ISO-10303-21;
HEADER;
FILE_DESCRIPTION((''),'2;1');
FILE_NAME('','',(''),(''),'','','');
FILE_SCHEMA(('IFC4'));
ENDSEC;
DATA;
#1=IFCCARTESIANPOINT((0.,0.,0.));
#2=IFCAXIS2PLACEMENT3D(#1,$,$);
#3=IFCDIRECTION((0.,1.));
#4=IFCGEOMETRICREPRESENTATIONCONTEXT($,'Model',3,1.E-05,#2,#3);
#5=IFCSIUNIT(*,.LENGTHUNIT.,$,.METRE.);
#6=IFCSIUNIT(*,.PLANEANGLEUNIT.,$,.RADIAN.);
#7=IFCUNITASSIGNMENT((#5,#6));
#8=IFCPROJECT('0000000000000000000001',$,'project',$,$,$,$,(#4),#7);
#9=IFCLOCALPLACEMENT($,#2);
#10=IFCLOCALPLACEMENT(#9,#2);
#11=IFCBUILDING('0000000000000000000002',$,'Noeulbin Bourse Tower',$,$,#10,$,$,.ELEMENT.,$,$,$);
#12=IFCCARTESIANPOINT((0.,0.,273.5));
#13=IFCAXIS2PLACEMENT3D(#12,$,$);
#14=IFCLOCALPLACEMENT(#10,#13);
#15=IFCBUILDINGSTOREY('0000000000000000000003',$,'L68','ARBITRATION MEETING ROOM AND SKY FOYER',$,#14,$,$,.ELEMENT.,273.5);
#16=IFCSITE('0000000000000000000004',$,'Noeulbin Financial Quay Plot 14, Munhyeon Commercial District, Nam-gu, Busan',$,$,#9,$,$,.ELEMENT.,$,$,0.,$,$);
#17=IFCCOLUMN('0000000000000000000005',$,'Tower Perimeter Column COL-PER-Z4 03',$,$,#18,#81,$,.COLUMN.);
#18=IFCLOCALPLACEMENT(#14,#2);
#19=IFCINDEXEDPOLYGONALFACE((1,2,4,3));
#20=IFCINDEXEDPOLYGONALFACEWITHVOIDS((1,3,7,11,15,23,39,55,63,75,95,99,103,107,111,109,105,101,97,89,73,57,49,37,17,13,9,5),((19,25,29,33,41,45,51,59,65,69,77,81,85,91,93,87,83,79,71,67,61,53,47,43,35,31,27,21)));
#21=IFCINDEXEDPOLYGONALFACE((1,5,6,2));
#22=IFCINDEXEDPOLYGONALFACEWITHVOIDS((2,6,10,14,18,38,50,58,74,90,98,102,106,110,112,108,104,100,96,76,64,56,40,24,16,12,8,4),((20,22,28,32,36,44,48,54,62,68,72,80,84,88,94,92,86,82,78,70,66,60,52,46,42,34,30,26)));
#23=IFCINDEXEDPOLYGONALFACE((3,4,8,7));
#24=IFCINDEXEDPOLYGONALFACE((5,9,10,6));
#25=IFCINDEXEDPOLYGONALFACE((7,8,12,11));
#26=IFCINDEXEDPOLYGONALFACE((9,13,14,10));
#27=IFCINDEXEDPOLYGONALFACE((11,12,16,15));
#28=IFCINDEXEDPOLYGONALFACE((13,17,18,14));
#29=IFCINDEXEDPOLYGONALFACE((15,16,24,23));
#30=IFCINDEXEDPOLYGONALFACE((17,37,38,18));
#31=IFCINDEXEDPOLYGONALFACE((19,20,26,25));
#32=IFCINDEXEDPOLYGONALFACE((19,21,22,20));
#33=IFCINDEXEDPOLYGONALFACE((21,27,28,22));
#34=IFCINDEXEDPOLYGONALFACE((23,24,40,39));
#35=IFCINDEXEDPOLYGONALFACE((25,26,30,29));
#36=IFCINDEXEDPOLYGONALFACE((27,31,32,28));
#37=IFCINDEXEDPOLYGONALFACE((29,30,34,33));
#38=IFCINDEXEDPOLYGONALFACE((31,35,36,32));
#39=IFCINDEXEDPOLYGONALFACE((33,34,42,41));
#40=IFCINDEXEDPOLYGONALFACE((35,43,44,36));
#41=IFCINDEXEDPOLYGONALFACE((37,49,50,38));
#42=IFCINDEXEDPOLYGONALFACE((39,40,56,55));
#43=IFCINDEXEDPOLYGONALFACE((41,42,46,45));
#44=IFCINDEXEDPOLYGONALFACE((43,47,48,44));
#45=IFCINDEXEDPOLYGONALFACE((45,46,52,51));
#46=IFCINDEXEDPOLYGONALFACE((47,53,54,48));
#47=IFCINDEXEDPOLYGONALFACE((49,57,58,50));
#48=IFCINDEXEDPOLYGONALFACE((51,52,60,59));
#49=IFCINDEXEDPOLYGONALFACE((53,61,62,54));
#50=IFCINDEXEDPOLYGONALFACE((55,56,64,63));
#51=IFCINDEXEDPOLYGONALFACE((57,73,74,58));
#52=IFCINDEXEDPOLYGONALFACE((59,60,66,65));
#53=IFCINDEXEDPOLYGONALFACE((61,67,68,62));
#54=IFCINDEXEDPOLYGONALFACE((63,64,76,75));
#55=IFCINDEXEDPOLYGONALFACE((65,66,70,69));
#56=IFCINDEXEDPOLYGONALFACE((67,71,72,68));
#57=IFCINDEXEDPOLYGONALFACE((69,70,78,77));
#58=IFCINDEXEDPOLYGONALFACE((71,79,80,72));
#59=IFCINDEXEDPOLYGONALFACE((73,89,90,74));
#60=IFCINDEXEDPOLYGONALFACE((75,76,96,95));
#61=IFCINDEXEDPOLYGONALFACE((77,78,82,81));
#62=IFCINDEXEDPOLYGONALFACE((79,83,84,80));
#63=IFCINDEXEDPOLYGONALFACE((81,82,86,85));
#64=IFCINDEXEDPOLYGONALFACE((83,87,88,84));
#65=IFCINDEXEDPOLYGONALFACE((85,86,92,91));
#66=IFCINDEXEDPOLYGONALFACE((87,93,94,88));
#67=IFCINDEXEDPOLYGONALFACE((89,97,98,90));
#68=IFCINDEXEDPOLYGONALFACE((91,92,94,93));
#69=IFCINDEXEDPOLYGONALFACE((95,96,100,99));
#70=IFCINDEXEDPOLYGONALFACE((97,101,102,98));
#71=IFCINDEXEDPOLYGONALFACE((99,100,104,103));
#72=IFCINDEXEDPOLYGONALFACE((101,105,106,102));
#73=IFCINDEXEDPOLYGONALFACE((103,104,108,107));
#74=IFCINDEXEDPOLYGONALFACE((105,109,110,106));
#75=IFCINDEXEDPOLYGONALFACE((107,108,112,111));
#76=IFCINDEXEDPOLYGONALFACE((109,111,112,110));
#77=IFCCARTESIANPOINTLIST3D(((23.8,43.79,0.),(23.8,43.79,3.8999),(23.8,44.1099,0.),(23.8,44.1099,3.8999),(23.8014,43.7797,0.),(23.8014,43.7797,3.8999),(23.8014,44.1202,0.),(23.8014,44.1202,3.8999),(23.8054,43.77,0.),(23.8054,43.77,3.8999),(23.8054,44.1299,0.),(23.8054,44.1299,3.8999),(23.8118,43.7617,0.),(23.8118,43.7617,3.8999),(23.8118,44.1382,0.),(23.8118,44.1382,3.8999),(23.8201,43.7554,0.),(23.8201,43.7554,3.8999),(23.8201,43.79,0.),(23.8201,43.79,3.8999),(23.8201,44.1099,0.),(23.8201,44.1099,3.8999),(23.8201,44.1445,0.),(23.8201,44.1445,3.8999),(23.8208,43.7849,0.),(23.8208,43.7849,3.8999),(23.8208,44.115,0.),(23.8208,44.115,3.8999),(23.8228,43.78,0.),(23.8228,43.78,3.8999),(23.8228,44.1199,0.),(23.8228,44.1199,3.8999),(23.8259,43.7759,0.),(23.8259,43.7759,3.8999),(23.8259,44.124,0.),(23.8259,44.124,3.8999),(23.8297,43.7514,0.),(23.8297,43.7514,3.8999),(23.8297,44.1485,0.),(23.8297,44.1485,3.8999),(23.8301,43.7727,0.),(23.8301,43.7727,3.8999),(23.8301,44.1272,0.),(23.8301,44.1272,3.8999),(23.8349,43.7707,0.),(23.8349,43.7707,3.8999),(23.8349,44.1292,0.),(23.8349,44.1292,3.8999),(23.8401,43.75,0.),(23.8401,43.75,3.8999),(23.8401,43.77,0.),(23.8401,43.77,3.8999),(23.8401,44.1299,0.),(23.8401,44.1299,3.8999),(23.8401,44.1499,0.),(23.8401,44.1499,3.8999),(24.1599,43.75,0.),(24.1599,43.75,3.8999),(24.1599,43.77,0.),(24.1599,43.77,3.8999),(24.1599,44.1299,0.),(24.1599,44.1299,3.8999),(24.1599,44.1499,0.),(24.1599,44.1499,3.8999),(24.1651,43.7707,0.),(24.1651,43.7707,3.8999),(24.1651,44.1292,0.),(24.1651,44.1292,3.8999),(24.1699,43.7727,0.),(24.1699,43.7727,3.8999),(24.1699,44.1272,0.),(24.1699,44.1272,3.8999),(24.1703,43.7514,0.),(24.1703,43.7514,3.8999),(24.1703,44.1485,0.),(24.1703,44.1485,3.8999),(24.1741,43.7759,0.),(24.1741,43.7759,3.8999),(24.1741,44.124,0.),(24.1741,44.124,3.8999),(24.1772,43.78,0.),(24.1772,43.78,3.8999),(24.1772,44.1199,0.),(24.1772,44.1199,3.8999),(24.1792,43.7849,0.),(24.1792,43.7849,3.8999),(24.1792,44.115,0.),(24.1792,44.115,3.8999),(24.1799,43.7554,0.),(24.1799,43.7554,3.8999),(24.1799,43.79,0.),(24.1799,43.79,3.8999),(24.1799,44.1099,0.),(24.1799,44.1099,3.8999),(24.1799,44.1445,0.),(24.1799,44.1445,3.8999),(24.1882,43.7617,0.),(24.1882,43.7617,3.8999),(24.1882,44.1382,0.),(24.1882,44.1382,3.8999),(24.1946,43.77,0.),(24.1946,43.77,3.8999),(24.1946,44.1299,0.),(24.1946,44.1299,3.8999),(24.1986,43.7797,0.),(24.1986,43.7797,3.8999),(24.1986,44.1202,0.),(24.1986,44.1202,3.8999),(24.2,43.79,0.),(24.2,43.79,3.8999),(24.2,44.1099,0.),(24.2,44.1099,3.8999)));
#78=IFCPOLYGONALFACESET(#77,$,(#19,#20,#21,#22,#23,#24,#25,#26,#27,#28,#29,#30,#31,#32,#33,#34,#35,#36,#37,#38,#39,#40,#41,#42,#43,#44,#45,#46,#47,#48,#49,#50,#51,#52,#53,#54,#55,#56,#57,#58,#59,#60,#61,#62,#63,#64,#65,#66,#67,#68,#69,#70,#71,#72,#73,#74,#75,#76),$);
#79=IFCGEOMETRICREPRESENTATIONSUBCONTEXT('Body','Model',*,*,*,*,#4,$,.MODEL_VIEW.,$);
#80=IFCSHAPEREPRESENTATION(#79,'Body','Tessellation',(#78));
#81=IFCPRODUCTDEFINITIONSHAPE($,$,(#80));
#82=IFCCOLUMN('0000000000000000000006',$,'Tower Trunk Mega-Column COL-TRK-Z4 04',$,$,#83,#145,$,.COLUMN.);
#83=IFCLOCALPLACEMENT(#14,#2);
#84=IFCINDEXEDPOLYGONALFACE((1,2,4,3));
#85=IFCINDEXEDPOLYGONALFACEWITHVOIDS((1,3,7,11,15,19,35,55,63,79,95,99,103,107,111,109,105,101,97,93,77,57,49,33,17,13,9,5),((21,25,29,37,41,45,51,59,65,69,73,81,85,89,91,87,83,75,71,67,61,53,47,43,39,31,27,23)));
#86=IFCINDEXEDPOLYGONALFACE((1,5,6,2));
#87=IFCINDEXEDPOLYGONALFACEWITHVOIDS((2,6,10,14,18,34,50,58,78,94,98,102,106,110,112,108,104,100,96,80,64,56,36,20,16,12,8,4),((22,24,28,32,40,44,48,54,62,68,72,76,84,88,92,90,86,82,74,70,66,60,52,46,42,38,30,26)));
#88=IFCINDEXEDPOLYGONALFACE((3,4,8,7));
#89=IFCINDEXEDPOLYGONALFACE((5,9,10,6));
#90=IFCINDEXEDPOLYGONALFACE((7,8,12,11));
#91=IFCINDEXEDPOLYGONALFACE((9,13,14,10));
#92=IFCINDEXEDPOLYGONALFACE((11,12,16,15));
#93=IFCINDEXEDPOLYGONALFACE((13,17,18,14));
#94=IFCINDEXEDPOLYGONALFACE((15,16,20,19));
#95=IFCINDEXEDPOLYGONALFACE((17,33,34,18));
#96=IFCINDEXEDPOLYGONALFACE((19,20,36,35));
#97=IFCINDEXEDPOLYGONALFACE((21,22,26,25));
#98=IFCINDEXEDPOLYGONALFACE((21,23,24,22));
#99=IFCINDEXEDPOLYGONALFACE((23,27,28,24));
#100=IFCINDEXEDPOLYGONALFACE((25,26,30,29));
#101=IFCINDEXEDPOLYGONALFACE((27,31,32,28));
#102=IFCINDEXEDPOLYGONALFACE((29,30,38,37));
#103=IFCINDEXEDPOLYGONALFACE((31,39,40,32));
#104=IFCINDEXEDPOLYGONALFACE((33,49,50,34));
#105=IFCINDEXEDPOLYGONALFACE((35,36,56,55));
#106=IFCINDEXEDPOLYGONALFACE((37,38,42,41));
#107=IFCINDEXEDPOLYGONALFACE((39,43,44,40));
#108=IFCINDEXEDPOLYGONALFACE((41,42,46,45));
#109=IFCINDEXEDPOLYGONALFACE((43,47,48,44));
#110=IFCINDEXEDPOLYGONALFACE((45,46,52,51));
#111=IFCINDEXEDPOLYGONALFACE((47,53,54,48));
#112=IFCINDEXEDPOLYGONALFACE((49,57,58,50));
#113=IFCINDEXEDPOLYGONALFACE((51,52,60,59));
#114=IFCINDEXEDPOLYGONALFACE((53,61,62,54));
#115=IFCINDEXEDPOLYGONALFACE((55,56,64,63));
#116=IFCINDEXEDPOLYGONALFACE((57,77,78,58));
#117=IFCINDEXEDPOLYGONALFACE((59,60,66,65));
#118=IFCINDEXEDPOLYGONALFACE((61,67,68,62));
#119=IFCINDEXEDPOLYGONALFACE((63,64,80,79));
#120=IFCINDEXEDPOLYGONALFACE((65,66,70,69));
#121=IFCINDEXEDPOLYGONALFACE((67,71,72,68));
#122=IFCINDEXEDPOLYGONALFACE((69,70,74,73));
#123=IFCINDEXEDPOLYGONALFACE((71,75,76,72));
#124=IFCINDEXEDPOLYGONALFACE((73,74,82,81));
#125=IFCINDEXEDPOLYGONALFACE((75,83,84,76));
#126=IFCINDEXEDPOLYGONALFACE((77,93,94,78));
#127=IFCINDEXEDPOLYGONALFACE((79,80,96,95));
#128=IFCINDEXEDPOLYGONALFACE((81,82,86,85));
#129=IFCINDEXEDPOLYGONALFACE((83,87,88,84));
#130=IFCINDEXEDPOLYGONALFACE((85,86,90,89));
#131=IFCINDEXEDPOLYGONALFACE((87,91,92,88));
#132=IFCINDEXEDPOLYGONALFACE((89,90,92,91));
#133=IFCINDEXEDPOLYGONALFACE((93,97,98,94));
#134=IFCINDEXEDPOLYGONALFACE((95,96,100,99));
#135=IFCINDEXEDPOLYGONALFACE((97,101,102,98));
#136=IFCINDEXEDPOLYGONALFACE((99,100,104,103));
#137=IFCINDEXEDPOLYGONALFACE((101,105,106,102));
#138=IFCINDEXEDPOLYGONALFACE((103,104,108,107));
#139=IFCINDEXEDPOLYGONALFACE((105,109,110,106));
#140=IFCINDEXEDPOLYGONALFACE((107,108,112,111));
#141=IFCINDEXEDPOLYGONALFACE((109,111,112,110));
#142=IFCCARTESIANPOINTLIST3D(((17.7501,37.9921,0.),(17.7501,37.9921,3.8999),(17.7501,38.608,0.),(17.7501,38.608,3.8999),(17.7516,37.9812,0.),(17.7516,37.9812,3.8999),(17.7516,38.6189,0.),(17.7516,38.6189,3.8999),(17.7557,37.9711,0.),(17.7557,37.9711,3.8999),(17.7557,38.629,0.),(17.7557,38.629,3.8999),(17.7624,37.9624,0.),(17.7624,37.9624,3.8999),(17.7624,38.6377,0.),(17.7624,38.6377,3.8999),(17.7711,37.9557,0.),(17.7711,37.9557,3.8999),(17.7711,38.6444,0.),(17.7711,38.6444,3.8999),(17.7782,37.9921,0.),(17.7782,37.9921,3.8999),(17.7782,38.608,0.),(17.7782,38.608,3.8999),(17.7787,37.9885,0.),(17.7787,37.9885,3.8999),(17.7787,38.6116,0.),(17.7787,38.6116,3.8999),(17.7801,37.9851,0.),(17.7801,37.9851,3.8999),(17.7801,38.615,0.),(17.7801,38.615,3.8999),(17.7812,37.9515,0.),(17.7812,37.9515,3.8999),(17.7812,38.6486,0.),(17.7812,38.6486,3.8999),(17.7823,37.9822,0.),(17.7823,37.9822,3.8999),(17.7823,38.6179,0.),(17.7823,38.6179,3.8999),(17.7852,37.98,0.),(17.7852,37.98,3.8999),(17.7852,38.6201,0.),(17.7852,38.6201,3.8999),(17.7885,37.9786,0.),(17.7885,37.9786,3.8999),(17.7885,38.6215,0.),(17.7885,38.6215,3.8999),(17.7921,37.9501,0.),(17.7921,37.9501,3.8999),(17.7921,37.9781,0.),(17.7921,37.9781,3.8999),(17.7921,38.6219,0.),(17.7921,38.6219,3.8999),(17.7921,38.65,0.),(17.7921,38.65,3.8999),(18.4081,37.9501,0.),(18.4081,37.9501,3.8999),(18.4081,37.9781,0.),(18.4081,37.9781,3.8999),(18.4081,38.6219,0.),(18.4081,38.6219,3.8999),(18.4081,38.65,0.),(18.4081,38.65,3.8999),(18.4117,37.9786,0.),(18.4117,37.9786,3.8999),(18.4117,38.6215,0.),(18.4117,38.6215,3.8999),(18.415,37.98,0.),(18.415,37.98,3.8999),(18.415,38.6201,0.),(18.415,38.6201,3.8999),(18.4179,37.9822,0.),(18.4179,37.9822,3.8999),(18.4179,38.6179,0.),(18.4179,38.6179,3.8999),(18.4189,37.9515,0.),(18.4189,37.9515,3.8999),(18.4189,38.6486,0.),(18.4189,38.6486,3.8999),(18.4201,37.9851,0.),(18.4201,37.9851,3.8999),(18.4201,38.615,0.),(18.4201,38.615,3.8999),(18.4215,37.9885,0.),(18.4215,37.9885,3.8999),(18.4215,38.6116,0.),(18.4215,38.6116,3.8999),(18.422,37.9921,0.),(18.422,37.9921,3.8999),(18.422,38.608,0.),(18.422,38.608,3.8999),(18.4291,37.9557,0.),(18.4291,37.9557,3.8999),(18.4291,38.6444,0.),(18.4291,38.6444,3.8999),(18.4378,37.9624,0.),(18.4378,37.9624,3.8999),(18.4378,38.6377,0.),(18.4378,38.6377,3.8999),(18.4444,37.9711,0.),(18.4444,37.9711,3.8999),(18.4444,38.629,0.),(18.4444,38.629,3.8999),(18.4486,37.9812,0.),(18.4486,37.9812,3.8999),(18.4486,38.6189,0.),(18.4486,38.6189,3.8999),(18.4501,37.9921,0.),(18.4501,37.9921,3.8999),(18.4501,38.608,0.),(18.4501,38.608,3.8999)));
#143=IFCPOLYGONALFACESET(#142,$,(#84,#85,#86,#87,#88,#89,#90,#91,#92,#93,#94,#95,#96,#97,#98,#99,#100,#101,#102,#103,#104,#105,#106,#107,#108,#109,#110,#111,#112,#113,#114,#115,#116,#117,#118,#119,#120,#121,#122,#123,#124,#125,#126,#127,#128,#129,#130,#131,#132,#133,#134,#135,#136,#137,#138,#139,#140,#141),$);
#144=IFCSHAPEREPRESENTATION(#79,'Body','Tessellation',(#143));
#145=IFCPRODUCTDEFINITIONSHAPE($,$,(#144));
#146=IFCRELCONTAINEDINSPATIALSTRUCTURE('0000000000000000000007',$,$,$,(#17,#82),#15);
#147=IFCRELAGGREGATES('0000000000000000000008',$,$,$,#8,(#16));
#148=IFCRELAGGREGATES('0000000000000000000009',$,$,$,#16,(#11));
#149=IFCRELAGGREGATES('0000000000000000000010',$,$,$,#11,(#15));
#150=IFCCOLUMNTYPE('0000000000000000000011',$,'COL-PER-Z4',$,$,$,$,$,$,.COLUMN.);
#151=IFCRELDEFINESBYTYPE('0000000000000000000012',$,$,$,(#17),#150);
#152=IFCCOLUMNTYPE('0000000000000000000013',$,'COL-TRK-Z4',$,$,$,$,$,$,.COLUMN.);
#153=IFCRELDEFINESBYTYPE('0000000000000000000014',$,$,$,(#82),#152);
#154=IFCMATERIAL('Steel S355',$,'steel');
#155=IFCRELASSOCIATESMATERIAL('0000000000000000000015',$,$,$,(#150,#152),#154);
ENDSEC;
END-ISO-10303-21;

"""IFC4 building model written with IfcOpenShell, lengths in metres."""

from ifc_helpers import new_model, si_unit, direction, frame, origin, origin_2d, place, context, subcontext, project, spatial, hollow_rectangle, extrude, material, material_profile, profile_set, type_object, element, save


model = new_model("IFC4")

# Units and contexts
model_context = context("Model", 3, precision=1e-05, world=origin(), true_north=direction((0.0, 1.0)))
body_context = subcontext(model_context, "Body", "Model", "MODEL_VIEW")
ifc_project = project(units=[si_unit("LENGTHUNIT", "METRE"), si_unit("PLANEANGLEUNIT", "RADIAN")], contexts=[model_context])

# Site, building, storey
site_placement = place(None, origin())
site = spatial("IfcSite", under=ifc_project, at=site_placement, Name="Noeulbin Financial Quay Plot 14, Munhyeon Commercial District, Nam-gu, Busan", CompositionType="ELEMENT", RefElevation=0.0)
building_placement = place(site_placement, origin())
building = spatial("IfcBuilding", under=site, at=building_placement, Name="Noeulbin Bourse Tower", CompositionType="ELEMENT")
storey_placement = place(building_placement, frame((0.0, 0.0, 273.5)))
storey = spatial("IfcBuildingStorey", under=building, at=storey_placement, Name="L68", Description="ARBITRATION MEETING ROOM AND SKY FOYER", CompositionType="ELEMENT", Elevation=273.5)

# Columns
ifc_material_1 = material(Name="Steel S355", Category="steel")
ifc_material_profile_1 = material_profile(ifc_material_1, hollow_rectangle(XDim=0.3999, YDim=0.3999, WallThickness=0.02, InnerFilletRadius=0.02, OuterFilletRadius=0.04, at=origin_2d()), Name="SHS-400x400x20", Category="LoadBearing")
ifc_profile_set_1 = profile_set([ifc_material_profile_1], Name="Steel S355")
column_type_1 = type_object("IfcColumnType", Name="COL-PER-Z4", PredefinedType="COLUMN", material=ifc_profile_set_1)
column_placement = place(storey_placement, frame((24.0, 43.95, 0.0), z_axis=(0.0, 0.0, 1.0), x_axis=(1.0, 0.0, 0.0)))
element("IfcColumn", 1, at=column_placement, inside=storey, type_object=column_type_1, Name="Tower Perimeter Column COL-PER-Z4 03", PredefinedType="COLUMN", context=body_context, shape_type="SweptSolid", body=[
    extrude(hollow_rectangle(XDim=0.3999, YDim=0.3999, WallThickness=0.02, InnerFilletRadius=0.02, OuterFilletRadius=0.04, at=origin_2d()), origin(), (0.0, 0.0, 1.0), 3.8999),
])
ifc_material_profile_2 = material_profile(ifc_material_1, hollow_rectangle(XDim=0.7, YDim=0.7, WallThickness=0.0281, InnerFilletRadius=0.0139, OuterFilletRadius=0.042, at=origin_2d()), Name="BOX-700x700x28", Category="LoadBearing")
ifc_profile_set_2 = profile_set([ifc_material_profile_2], Name="Steel S355")
column_type_2 = type_object("IfcColumnType", Name="COL-TRK-Z4", PredefinedType="COLUMN", material=ifc_profile_set_2)
for number, where, z_axis, x_axis, name in (
    (2, (18.1001, 38.3, 0.0), (0.0, 0.0, 1.0), (1.0, 0.0, 0.0), "Tower Trunk Mega-Column COL-TRK-Z4 04"),
):
    element("IfcColumn", number, at=place(storey_placement, frame(where, z_axis=z_axis, x_axis=x_axis)), inside=storey, type_object=column_type_2, Name=name, PredefinedType="COLUMN", context=body_context, shape_type="SweptSolid", body=[
        extrude(hollow_rectangle(XDim=0.7, YDim=0.7, WallThickness=0.0281, InnerFilletRadius=0.0139, OuterFilletRadius=0.042, at=origin_2d()), origin(), (0.0, 0.0, 1.0), 3.8999),
    ])

save(model, "model.ifc")
